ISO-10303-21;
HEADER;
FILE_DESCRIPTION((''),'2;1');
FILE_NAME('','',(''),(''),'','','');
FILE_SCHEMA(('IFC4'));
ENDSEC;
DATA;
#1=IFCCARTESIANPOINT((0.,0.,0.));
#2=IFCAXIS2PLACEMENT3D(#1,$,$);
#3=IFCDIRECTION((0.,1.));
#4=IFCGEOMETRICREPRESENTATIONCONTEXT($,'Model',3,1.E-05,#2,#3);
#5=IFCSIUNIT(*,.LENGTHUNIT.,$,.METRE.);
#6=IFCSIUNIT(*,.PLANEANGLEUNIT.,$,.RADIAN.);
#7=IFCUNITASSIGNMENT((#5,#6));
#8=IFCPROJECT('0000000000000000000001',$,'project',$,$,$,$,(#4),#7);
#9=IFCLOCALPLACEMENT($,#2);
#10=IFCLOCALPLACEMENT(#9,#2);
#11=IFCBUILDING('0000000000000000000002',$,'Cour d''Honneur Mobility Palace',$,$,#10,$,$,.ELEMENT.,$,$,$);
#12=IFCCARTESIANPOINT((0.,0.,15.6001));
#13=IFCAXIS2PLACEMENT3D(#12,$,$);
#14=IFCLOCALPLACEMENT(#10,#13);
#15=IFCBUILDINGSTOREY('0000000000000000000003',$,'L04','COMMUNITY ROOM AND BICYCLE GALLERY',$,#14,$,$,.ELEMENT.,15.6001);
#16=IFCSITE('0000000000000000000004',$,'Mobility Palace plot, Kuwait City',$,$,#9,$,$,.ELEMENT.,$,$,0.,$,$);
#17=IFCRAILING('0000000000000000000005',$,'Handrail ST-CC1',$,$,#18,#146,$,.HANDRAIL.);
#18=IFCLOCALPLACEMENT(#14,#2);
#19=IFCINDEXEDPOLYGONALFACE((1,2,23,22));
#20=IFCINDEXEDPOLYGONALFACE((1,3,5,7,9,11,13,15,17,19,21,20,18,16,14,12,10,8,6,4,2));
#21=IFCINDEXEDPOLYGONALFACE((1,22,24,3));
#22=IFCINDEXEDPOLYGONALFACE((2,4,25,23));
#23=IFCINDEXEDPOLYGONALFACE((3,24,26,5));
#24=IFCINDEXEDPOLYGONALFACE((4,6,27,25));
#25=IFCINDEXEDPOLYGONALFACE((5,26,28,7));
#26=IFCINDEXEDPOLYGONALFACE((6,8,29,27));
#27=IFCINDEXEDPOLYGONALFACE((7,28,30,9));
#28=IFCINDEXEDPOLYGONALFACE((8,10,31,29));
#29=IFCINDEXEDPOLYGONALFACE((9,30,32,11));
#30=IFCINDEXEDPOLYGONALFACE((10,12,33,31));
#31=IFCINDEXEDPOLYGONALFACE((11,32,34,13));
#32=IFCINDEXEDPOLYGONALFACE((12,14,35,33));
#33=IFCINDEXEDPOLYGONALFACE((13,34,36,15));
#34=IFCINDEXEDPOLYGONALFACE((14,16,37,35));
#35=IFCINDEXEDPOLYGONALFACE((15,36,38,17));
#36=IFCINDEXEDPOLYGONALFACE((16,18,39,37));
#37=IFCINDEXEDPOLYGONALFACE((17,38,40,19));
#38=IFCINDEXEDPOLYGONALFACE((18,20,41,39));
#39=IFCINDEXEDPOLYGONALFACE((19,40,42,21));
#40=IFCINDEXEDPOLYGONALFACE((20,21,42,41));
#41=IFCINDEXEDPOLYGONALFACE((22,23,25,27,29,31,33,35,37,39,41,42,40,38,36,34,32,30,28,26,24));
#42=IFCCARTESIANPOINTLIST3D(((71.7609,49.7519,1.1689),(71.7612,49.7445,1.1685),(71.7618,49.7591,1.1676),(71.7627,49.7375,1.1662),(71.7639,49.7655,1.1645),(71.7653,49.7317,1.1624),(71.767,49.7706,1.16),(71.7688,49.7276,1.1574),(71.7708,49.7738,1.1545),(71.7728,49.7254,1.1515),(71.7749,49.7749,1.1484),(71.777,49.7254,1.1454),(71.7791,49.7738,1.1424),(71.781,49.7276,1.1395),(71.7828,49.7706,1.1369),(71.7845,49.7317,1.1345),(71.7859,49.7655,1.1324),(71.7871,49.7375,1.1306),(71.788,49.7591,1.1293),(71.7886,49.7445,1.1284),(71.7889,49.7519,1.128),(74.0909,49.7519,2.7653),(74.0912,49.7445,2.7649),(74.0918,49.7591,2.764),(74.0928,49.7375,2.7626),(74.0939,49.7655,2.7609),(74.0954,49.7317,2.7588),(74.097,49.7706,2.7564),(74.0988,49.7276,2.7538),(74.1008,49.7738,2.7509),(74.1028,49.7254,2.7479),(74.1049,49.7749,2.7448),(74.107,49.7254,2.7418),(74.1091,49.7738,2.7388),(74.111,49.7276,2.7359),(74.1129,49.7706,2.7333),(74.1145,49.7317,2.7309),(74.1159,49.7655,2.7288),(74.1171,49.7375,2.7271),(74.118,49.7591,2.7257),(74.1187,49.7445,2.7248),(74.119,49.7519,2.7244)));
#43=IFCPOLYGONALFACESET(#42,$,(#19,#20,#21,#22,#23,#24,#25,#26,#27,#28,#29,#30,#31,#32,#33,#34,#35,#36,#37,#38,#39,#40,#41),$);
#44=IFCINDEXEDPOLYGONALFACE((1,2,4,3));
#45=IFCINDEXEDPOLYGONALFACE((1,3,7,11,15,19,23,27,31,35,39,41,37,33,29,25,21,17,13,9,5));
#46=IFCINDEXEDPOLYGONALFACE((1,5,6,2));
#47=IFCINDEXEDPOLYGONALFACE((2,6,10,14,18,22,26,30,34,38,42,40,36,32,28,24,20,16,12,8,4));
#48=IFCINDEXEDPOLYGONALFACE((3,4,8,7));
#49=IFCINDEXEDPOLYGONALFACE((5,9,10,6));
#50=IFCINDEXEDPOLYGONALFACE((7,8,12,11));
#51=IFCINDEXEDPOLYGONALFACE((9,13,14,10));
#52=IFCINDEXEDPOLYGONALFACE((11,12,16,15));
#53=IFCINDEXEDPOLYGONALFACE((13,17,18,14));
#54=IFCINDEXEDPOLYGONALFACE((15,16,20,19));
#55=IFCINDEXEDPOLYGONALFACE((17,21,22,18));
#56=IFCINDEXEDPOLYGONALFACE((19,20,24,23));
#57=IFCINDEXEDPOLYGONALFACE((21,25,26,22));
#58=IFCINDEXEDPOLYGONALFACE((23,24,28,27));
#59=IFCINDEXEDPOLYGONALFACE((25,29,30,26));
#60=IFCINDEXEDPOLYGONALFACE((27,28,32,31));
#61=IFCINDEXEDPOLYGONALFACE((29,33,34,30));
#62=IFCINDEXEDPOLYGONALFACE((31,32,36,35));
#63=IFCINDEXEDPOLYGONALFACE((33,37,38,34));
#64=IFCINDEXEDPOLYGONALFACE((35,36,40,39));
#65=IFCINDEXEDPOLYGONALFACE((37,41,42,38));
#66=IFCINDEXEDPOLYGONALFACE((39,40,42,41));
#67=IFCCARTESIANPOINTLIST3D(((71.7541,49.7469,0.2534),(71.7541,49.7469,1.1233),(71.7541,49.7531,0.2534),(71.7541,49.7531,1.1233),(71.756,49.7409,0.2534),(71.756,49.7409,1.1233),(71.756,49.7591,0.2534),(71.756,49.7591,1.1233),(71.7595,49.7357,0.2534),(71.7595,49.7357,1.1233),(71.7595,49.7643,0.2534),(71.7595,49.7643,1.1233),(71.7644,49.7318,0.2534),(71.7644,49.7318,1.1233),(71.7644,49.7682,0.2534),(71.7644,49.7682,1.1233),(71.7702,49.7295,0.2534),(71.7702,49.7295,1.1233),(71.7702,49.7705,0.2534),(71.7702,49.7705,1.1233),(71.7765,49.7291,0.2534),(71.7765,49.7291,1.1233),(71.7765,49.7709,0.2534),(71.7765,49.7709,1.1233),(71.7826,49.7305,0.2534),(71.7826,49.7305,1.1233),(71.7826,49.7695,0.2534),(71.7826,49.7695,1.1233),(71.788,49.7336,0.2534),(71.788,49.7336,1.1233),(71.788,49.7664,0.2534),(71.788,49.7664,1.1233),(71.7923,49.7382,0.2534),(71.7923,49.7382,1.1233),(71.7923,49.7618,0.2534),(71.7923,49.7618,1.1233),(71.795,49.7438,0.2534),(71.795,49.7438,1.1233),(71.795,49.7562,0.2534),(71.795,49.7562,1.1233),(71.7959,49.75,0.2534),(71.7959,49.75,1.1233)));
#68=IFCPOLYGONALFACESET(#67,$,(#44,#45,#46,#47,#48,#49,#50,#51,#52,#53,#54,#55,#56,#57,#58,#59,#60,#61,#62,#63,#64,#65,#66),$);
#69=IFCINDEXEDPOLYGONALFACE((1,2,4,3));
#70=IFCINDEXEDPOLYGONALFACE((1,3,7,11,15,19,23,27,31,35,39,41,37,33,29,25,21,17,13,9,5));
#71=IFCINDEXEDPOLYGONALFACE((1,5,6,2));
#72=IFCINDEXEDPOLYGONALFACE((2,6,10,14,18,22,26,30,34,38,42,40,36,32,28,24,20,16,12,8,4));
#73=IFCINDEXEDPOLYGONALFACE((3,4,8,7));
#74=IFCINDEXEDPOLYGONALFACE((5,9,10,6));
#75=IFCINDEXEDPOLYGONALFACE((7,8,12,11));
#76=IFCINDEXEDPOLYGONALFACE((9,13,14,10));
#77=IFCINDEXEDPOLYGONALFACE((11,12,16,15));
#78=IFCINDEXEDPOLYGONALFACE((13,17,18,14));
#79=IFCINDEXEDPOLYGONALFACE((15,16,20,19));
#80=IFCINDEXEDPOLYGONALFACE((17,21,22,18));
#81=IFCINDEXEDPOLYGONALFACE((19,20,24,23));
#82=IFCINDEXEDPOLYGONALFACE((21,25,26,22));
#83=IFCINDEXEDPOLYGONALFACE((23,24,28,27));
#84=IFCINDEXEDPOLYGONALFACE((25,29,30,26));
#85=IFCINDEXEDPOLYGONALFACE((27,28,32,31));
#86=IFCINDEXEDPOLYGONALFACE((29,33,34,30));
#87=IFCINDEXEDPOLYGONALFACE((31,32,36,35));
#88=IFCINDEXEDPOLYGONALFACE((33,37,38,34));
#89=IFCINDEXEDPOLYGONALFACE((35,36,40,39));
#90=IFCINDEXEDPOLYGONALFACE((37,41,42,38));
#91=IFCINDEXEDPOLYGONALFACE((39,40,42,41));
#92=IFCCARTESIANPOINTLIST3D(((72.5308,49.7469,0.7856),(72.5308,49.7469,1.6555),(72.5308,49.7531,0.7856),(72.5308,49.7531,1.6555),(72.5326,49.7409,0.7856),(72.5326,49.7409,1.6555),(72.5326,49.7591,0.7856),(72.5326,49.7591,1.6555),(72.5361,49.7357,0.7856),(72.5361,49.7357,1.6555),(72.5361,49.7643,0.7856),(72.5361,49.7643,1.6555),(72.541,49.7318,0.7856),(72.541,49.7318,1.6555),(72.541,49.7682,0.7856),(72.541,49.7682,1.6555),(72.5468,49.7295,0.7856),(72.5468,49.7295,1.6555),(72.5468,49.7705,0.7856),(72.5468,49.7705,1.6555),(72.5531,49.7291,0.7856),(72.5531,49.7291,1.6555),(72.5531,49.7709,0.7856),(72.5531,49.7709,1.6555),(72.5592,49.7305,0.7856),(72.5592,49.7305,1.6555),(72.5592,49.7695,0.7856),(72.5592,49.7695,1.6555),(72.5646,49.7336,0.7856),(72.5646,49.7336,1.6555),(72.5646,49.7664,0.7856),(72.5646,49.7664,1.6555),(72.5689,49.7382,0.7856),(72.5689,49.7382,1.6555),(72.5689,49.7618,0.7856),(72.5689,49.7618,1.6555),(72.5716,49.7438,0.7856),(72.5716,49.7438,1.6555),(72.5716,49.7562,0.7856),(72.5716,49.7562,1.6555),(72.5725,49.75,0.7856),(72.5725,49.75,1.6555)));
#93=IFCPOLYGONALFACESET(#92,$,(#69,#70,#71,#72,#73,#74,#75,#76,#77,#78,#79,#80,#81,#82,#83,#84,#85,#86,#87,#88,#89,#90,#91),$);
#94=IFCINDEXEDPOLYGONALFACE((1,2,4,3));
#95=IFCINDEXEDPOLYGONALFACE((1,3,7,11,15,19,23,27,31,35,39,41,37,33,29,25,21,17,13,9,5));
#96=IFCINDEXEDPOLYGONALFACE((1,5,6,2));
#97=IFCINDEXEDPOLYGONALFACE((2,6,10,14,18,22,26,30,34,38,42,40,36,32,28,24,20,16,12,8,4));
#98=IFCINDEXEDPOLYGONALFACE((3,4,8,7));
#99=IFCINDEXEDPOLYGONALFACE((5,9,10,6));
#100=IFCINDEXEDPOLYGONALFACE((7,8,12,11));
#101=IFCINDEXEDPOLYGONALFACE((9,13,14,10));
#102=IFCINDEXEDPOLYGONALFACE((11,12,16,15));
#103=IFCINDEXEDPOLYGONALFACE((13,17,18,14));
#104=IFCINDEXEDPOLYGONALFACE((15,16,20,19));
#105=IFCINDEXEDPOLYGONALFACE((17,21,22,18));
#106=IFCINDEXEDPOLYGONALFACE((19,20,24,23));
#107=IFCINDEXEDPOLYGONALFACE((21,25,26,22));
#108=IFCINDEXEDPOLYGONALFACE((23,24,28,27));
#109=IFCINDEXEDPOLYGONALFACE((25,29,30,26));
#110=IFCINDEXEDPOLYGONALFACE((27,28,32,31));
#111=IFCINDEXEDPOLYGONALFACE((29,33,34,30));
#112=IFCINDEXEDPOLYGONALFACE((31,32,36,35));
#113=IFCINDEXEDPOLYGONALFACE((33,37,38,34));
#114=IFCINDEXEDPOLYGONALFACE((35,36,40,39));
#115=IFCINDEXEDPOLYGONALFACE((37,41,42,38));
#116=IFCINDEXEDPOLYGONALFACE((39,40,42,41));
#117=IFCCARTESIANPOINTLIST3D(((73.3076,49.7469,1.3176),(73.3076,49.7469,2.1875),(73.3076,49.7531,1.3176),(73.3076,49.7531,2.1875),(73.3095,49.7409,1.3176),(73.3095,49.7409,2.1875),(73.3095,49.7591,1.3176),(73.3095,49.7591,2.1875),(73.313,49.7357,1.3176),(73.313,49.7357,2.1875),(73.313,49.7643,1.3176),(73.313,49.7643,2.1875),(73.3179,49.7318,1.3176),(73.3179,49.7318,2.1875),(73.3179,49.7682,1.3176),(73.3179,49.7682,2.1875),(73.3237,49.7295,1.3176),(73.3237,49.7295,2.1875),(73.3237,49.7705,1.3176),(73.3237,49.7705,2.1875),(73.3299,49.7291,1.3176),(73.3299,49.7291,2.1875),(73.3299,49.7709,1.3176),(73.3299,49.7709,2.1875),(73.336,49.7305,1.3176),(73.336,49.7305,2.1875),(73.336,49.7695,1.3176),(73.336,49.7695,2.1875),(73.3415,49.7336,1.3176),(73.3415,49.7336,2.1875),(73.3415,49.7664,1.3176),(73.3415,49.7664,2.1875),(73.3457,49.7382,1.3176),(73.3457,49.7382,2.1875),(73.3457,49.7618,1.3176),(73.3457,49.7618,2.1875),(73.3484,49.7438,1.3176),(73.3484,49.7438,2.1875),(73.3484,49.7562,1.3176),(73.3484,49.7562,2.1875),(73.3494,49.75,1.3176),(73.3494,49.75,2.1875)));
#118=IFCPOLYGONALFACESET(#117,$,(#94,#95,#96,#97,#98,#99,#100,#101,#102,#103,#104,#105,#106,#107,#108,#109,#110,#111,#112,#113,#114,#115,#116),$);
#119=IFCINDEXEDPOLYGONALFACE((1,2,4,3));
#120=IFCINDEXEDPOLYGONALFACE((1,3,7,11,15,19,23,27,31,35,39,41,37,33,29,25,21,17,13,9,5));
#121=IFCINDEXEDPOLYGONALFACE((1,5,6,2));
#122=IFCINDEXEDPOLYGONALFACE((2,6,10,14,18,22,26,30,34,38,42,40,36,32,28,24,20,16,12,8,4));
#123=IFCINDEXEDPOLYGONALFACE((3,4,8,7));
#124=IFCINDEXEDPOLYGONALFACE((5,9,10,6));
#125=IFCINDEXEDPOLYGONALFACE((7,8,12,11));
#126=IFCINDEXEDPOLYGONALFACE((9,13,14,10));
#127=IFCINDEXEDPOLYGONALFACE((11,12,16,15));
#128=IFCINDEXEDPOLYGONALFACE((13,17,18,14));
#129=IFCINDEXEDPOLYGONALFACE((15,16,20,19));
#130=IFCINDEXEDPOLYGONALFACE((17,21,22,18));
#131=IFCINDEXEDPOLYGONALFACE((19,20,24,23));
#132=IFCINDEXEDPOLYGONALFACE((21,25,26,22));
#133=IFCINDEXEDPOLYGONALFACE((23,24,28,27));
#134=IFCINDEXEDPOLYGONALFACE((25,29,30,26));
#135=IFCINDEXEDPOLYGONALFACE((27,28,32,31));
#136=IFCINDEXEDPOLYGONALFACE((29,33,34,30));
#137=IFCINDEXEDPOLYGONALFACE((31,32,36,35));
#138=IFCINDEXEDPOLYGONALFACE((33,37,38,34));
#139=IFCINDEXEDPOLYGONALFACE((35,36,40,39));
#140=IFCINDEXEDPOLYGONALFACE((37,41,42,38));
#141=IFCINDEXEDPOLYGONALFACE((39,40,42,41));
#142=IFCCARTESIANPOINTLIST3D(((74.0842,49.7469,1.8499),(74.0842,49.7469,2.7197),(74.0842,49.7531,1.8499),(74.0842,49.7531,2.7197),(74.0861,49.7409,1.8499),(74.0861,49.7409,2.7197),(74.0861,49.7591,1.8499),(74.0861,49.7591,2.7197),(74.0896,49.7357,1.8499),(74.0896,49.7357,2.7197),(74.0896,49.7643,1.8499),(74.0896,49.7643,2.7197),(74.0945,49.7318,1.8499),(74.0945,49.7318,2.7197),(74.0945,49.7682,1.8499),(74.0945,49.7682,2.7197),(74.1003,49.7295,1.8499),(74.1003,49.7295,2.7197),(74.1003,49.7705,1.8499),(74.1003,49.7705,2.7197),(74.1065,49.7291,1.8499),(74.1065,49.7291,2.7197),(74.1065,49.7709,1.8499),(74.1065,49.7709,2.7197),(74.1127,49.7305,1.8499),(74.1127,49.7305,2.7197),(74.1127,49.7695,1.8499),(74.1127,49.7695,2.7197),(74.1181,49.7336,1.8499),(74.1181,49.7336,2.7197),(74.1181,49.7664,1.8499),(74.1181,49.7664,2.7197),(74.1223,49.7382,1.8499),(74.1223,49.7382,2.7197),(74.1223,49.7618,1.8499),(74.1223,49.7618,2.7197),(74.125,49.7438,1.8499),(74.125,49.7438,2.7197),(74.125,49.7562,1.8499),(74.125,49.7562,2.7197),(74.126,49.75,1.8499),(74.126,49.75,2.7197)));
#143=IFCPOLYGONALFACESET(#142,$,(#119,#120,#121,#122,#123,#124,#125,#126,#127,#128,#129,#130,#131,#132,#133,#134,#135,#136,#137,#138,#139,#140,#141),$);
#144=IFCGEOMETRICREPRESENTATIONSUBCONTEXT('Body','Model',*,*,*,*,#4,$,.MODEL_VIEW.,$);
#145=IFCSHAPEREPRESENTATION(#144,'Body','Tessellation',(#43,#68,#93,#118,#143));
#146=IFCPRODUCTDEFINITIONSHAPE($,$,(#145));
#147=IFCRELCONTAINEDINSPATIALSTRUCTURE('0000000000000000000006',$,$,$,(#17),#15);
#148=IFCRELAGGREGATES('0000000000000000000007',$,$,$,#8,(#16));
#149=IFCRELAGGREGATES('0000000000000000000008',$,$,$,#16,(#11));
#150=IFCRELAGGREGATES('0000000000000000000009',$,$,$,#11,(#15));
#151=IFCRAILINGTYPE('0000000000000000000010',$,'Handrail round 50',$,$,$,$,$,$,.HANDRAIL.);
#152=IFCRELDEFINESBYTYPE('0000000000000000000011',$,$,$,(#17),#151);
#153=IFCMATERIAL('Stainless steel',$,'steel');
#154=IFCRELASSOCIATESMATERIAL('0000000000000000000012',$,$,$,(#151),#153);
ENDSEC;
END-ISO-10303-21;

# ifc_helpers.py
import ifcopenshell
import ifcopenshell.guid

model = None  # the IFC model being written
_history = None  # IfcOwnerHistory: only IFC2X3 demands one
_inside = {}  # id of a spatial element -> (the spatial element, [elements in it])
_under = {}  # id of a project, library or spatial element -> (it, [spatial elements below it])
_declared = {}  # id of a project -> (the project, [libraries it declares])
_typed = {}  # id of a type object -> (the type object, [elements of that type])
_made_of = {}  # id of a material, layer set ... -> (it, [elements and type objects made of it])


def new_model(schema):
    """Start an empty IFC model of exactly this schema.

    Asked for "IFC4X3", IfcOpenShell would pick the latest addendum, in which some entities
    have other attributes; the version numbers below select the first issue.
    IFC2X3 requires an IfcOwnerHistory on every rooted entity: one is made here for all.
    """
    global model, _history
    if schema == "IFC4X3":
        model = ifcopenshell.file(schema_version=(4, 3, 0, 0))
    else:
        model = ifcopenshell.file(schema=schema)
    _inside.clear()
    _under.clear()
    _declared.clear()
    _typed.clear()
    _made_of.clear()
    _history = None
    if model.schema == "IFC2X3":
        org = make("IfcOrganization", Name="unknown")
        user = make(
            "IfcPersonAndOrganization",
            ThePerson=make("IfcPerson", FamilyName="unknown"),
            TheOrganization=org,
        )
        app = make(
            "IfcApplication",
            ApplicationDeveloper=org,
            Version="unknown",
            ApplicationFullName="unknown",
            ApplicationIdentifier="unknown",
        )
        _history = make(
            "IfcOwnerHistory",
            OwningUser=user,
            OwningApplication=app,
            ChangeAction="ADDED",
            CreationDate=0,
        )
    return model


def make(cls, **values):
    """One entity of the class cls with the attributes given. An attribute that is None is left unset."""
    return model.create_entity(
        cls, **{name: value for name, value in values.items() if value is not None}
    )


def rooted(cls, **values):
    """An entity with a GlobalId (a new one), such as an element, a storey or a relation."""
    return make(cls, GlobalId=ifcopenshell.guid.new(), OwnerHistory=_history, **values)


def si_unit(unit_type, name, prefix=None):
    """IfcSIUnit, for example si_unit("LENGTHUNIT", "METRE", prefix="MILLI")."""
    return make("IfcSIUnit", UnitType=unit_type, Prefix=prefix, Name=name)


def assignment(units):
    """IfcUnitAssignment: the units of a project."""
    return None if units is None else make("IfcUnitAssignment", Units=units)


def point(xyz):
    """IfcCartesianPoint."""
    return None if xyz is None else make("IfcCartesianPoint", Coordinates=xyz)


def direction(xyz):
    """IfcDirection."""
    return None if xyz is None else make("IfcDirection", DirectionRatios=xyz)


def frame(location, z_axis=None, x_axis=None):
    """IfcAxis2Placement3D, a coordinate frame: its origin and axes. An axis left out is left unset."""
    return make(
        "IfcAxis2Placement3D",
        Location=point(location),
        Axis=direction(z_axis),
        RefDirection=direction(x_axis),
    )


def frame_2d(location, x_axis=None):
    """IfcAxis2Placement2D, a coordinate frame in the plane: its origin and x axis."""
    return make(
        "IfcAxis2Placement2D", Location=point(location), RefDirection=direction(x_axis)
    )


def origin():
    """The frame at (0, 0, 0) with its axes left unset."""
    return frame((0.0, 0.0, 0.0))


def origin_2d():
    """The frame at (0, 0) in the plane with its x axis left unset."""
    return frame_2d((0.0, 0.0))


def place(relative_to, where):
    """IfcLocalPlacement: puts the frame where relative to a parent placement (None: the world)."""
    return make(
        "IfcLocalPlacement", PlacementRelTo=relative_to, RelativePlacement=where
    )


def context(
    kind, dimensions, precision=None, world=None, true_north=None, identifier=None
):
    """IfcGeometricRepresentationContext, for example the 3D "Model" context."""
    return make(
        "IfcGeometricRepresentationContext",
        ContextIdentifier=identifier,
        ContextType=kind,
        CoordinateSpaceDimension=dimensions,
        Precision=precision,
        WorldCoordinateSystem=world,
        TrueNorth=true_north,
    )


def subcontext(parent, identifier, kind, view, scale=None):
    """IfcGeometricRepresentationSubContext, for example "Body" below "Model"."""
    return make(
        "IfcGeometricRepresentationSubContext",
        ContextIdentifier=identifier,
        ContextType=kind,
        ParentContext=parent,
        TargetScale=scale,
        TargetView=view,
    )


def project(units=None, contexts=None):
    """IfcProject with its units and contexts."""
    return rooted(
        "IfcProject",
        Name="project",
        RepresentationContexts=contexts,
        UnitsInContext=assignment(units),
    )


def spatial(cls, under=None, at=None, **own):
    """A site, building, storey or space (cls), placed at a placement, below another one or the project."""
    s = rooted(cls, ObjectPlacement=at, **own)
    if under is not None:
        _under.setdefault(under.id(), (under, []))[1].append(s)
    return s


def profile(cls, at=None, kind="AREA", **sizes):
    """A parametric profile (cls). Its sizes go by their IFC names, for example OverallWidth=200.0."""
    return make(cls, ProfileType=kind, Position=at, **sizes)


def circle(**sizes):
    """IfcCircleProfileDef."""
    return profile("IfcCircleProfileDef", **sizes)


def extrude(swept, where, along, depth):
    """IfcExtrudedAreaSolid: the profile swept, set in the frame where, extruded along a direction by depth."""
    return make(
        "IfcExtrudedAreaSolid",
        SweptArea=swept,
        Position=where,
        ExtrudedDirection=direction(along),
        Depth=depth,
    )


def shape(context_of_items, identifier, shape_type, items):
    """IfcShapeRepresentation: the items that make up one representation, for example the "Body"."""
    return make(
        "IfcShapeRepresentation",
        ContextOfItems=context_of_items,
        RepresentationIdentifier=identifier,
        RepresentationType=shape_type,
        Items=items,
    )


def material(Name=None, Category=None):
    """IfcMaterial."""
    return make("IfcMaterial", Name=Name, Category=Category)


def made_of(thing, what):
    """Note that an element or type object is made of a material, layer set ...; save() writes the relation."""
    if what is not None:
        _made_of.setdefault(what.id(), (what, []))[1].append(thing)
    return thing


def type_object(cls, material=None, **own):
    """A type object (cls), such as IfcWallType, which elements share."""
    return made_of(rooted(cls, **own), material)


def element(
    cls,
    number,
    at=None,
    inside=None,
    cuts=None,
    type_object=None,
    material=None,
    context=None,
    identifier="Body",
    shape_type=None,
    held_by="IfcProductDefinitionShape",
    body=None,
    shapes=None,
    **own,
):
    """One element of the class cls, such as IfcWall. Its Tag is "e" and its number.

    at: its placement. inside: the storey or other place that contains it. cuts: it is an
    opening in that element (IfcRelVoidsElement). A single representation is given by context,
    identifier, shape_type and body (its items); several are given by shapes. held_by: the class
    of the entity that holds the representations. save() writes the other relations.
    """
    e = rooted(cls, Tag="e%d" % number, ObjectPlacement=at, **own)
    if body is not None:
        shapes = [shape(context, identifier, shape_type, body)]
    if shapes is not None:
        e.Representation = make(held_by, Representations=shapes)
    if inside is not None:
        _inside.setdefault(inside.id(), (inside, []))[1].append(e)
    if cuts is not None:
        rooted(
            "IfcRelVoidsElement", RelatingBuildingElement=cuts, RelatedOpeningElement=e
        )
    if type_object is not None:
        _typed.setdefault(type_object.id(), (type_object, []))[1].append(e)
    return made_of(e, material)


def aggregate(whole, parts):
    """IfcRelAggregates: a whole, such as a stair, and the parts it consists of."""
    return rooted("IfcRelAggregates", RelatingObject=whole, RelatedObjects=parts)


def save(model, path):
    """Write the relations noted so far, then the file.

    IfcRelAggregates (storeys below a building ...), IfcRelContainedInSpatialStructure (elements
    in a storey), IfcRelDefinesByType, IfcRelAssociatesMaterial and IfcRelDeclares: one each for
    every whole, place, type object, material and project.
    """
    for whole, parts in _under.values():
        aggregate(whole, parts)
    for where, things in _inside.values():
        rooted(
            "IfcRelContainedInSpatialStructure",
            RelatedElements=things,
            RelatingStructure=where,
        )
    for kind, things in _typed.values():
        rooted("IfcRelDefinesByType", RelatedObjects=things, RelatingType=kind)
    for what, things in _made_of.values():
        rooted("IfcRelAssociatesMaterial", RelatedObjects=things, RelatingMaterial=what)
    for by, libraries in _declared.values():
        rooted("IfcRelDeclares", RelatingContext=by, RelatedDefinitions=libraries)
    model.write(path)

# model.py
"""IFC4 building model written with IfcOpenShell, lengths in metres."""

from ifc_helpers import new_model, si_unit, direction, frame, origin, origin_2d, place, context, subcontext, project, spatial, circle, extrude, material, type_object, element, save


model = new_model("IFC4")

# Units and contexts
model_context = context("Model", 3, precision=1e-05, world=origin(), true_north=direction((0.0, 1.0)))
body_context = subcontext(model_context, "Body", "Model", "MODEL_VIEW")
ifc_project = project(units=[si_unit("LENGTHUNIT", "METRE"), si_unit("PLANEANGLEUNIT", "RADIAN")], contexts=[model_context])

# Site, building, storey
site_placement = place(None, origin())
site = spatial("IfcSite", under=ifc_project, at=site_placement, Name="Mobility Palace plot, Kuwait City", CompositionType="ELEMENT", RefElevation=0.0)
building_placement = place(site_placement, origin())
building = spatial("IfcBuilding", under=site, at=building_placement, Name="Cour d'Honneur Mobility Palace", CompositionType="ELEMENT")
storey_placement = place(building_placement, frame((0.0, 0.0, 15.6001)))
storey = spatial("IfcBuildingStorey", under=building, at=storey_placement, Name="L04", Description="COMMUNITY ROOM AND BICYCLE GALLERY", CompositionType="ELEMENT", Elevation=15.6001)

# Railing
ifc_material_1 = material(Name="Stainless steel", Category="steel")
railing_type_1 = type_object("IfcRailingType", Name="Handrail round 50", PredefinedType="HANDRAIL", material=ifc_material_1)
railing_1_placement = place(storey_placement, frame((71.7749, 49.75, 0.2534)))
element("IfcRailing", 1, at=railing_1_placement, inside=storey, type_object=railing_type_1, Name="Handrail ST-CC1", PredefinedType="HANDRAIL", context=body_context, shape_type="SweptSolid", body=[
    extrude(circle(Radius=0.0249, at=origin_2d()), frame((0.0, 0.0, 0.895), z_axis=(0.824949, 0.0, 0.565207), x_axis=(0.0, 1.0, 0.0)), (0.0, 0.0, 1.0), 2.8245),
    extrude(circle(Radius=0.021, at=origin_2d()), origin(), (0.0, 0.0, 1.0), 0.8699),
    extrude(circle(Radius=0.021, at=origin_2d()), frame((0.7766, 0.0, 0.5322)), (0.0, 0.0, 1.0), 0.8699),
    extrude(circle(Radius=0.021, at=origin_2d()), frame((1.5535, 0.0, 1.0642)), (0.0, 0.0, 1.0), 0.8699),
    extrude(circle(Radius=0.021, at=origin_2d()), frame((2.3301, 0.0, 1.5964)), (0.0, 0.0, 1.0), 0.8699),
])

save(model, "model.ifc")
